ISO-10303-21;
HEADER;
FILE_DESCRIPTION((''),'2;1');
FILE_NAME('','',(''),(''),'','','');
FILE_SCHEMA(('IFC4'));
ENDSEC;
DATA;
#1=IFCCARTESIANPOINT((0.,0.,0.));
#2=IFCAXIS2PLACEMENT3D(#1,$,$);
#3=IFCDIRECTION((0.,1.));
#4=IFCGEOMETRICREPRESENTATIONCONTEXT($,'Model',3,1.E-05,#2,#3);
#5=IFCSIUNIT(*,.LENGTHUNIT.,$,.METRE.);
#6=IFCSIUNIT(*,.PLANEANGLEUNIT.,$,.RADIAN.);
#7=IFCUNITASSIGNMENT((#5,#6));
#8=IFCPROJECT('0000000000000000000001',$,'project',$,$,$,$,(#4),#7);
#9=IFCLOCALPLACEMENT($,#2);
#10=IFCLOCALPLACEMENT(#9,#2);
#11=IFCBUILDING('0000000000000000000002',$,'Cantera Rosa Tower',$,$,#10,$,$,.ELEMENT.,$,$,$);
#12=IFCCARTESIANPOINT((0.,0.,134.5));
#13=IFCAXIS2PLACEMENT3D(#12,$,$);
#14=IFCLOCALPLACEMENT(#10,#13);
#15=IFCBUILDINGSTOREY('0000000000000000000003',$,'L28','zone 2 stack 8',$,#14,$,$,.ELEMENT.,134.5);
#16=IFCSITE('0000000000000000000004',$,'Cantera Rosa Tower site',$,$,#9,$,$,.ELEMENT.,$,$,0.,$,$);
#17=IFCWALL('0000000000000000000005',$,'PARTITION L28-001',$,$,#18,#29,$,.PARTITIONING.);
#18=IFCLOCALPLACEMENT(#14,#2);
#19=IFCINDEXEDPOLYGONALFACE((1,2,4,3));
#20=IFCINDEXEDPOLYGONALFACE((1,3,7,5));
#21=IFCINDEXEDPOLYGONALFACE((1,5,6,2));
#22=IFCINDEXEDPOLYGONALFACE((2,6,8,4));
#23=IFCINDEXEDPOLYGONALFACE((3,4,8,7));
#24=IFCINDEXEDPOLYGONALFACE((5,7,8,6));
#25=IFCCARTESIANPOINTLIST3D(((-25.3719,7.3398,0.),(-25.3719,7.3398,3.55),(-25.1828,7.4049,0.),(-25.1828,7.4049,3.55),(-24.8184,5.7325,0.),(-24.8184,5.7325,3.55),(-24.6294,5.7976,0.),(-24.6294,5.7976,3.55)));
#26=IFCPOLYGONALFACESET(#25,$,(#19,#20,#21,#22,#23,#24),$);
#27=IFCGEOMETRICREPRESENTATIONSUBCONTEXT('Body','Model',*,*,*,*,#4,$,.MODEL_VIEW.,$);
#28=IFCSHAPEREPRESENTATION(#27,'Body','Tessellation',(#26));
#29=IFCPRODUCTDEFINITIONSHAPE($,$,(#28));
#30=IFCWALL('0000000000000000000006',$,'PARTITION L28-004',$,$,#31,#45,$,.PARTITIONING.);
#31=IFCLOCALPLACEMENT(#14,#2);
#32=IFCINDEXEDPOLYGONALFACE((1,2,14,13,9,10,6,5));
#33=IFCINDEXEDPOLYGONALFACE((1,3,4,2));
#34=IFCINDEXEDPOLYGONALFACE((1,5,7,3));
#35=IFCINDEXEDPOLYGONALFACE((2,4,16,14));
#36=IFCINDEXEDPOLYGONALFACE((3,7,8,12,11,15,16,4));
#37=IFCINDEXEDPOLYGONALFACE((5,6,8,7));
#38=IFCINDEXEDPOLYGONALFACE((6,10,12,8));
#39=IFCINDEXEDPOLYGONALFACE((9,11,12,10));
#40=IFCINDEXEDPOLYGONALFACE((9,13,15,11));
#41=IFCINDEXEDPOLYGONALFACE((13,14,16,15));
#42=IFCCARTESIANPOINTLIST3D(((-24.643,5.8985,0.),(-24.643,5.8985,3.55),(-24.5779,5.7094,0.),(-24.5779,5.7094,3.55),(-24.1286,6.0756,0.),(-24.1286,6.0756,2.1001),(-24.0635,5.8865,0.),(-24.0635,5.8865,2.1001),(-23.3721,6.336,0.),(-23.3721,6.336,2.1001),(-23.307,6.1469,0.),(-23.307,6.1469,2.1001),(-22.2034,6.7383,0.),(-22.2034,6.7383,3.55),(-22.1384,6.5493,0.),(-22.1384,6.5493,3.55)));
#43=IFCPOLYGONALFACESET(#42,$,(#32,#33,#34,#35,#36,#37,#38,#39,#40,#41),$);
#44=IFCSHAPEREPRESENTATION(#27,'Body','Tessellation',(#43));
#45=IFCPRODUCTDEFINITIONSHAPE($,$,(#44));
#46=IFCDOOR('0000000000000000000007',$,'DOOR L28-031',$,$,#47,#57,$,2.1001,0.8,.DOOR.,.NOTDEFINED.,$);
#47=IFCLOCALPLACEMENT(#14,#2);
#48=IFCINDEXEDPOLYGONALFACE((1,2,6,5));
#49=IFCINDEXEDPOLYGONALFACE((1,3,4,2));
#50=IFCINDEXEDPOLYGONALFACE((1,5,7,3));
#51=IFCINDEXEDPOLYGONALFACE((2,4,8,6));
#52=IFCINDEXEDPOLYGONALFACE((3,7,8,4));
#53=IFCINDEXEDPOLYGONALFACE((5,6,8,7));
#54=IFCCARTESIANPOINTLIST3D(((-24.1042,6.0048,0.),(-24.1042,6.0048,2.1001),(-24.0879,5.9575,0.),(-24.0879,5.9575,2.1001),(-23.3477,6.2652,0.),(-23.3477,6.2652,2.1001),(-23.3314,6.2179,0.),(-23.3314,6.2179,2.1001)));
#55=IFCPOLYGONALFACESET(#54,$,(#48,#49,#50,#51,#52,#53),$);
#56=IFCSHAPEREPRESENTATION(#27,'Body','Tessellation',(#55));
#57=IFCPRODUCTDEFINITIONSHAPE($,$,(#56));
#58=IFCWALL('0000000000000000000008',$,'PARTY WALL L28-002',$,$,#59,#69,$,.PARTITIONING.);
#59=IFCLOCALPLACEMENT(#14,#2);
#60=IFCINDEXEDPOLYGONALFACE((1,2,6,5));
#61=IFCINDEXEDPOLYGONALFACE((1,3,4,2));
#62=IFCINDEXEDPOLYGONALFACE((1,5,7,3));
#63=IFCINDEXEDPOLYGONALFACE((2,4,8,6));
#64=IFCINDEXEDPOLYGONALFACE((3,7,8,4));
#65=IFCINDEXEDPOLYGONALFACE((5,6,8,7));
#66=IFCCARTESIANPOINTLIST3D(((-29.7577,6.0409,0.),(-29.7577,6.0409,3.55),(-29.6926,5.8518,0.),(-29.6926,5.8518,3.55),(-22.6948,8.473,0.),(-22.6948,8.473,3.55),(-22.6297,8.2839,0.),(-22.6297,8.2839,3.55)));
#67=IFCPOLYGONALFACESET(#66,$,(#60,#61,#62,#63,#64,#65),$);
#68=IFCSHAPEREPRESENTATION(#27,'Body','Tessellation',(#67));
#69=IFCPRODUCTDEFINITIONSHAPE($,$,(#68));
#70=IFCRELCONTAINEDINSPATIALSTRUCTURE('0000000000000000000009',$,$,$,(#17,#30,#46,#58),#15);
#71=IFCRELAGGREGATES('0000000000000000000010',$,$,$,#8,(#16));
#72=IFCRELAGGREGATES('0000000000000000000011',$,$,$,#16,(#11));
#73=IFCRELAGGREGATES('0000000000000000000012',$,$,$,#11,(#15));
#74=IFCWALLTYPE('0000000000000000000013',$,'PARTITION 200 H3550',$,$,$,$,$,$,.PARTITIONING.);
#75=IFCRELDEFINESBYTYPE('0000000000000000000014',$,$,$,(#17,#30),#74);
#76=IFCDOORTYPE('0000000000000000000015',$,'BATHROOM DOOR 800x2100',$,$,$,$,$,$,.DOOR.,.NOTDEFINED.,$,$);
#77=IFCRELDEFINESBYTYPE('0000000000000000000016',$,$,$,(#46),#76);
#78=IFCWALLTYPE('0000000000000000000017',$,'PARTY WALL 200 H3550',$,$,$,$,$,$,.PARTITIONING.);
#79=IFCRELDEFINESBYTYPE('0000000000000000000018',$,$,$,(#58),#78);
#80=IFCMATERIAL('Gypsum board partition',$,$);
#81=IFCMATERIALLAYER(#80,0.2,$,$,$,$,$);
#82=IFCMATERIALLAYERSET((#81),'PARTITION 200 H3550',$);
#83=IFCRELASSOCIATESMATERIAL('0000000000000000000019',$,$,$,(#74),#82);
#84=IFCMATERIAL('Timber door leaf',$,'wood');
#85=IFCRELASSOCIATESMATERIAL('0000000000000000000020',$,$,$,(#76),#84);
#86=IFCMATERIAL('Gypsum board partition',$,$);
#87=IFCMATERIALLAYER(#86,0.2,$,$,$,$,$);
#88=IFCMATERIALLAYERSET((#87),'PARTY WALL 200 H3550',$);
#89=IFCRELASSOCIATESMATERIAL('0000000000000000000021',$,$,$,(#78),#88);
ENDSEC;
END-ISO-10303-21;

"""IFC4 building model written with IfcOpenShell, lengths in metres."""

from ifc_helpers import new_model, si_unit, direction, frame, frame_2d, origin, place, context, subcontext, project, spatial, rectangle, extrude, material, layer, layer_set, type_object, element, fill, save


model = new_model("IFC4")

# Units and contexts
model_context = context("Model", 3, precision=1e-05, world=origin(), true_north=direction((0.0, 1.0)))
body_context = subcontext(model_context, "Body", "Model", "MODEL_VIEW")
ifc_project = project(units=[si_unit("LENGTHUNIT", "METRE"), si_unit("PLANEANGLEUNIT", "RADIAN")], contexts=[model_context])

# Site, building, storey
site_placement = place(None, origin())
site = spatial("IfcSite", under=ifc_project, at=site_placement, Name="Cantera Rosa Tower site", CompositionType="ELEMENT", RefElevation=0.0)
building_placement = place(site_placement, origin())
building = spatial("IfcBuilding", under=site, at=building_placement, Name="Cantera Rosa Tower", CompositionType="ELEMENT")
storey_placement = place(building_placement, frame((0.0, 0.0, 134.5)))
storey = spatial("IfcBuildingStorey", under=building, at=storey_placement, Name="L28", Description="zone 2 stack 8", CompositionType="ELEMENT", Elevation=134.5)

# Wall
ifc_material_1 = material(Name="Gypsum board partition")
ifc_layer_1 = layer(ifc_material_1, 0.2)
ifc_layer_set_1 = layer_set([ifc_layer_1], Name="PARTITION 200 H3550")
wall_type_1 = type_object("IfcWallType", Name="PARTITION 200 H3550", PredefinedType="PARTITIONING", material=ifc_layer_set_1)
wall_1_placement = place(storey_placement, frame((-24.7239, 5.7649, 0.0), z_axis=(0.0, 0.0, 1.0), x_axis=(-0.325561, 0.945521, 0.0)))
element("IfcWall", 1, at=wall_1_placement, inside=storey, type_object=wall_type_1, Name="PARTITION L28-001", PredefinedType="PARTITIONING", context=body_context, shape_type="SweptSolid", body=[
    extrude(rectangle(XDim=1.7, YDim=0.2, at=frame_2d((0.8501, 0.0))), origin(), (0.0, 0.0, 1.0), 3.55),
])

# Wall, opening, door
wall_2_placement = place(storey_placement, frame((-22.1709, 6.6438, 0.0), z_axis=(0.0, 0.0, 1.0), x_axis=(-0.945534, -0.325524, 0.0)))
wall_2 = element("IfcWall", 2, at=wall_2_placement, inside=storey, type_object=wall_type_1, Name="PARTITION L28-004", PredefinedType="PARTITIONING", context=body_context, shape_type="SweptSolid", body=[
    extrude(rectangle(XDim=2.5801, YDim=0.2, at=frame_2d((1.29, 0.0))), origin(), (0.0, 0.0, 1.0), 3.55),
])
opening_1_placement = place(wall_2_placement, frame((1.2361, 0.0, 0.0)))
opening_1 = element("IfcOpeningElement", 3, at=opening_1_placement, cuts=wall_2, PredefinedType="OPENING", context=body_context, shape_type="SweptSolid", body=[
    extrude(rectangle(XDim=0.8, YDim=2.1001, at=frame_2d((0.3999, 1.05))), frame((0.0, 0.1099, 0.0), z_axis=(0.0, -1.0, 0.0), x_axis=(1.0, 0.0, 0.0)), (0.0, 0.0, 1.0), 0.22),
])
ifc_material_2 = material(Name="Timber door leaf", Category="wood")
door_type_1 = type_object("IfcDoorType", Name="BATHROOM DOOR 800x2100", OperationType="NOTDEFINED", PredefinedType="DOOR", material=ifc_material_2)
door_1_placement = place(opening_1_placement, origin())
door_1 = element("IfcDoor", 4, at=door_1_placement, inside=storey, type_object=door_type_1, Name="DOOR L28-031", OperationType="NOTDEFINED", OverallHeight=2.1001, OverallWidth=0.8, PredefinedType="DOOR", context=body_context, shape_type="SweptSolid", body=[
    extrude(rectangle(XDim=0.8, YDim=2.1001, at=frame_2d((0.3999, 1.05))), frame((0.0, 0.0249, 0.0), z_axis=(0.0, -1.0, 0.0), x_axis=(1.0, 0.0, 0.0)), (0.0, 0.0, 1.0), 0.05),
])
fill(opening_1, door_1)

# Wall
ifc_material_3 = material(Name="Gypsum board partition")
ifc_layer_2 = layer(ifc_material_3, 0.2)
ifc_layer_set_2 = layer_set([ifc_layer_2], Name="PARTY WALL 200 H3550")
wall_type_2 = type_object("IfcWallType", Name="PARTY WALL 200 H3550", PredefinedType="PARTITIONING", material=ifc_layer_set_2)
wall_3_placement = place(storey_placement, frame((-22.6624, 8.3784, 0.0), z_axis=(0.0, 0.0, 1.0), x_axis=(-0.945513, -0.325586, 0.0)))
element("IfcWall", 5, at=wall_3_placement, inside=storey, type_object=wall_type_2, Name="PARTY WALL L28-002", PredefinedType="PARTITIONING", context=body_context, shape_type="SweptSolid", body=[
    extrude(rectangle(XDim=7.47, YDim=0.2, at=frame_2d((3.7349, 0.0))), origin(), (0.0, 0.0, 1.0), 3.55),
])

save(model, "model.ifc")
